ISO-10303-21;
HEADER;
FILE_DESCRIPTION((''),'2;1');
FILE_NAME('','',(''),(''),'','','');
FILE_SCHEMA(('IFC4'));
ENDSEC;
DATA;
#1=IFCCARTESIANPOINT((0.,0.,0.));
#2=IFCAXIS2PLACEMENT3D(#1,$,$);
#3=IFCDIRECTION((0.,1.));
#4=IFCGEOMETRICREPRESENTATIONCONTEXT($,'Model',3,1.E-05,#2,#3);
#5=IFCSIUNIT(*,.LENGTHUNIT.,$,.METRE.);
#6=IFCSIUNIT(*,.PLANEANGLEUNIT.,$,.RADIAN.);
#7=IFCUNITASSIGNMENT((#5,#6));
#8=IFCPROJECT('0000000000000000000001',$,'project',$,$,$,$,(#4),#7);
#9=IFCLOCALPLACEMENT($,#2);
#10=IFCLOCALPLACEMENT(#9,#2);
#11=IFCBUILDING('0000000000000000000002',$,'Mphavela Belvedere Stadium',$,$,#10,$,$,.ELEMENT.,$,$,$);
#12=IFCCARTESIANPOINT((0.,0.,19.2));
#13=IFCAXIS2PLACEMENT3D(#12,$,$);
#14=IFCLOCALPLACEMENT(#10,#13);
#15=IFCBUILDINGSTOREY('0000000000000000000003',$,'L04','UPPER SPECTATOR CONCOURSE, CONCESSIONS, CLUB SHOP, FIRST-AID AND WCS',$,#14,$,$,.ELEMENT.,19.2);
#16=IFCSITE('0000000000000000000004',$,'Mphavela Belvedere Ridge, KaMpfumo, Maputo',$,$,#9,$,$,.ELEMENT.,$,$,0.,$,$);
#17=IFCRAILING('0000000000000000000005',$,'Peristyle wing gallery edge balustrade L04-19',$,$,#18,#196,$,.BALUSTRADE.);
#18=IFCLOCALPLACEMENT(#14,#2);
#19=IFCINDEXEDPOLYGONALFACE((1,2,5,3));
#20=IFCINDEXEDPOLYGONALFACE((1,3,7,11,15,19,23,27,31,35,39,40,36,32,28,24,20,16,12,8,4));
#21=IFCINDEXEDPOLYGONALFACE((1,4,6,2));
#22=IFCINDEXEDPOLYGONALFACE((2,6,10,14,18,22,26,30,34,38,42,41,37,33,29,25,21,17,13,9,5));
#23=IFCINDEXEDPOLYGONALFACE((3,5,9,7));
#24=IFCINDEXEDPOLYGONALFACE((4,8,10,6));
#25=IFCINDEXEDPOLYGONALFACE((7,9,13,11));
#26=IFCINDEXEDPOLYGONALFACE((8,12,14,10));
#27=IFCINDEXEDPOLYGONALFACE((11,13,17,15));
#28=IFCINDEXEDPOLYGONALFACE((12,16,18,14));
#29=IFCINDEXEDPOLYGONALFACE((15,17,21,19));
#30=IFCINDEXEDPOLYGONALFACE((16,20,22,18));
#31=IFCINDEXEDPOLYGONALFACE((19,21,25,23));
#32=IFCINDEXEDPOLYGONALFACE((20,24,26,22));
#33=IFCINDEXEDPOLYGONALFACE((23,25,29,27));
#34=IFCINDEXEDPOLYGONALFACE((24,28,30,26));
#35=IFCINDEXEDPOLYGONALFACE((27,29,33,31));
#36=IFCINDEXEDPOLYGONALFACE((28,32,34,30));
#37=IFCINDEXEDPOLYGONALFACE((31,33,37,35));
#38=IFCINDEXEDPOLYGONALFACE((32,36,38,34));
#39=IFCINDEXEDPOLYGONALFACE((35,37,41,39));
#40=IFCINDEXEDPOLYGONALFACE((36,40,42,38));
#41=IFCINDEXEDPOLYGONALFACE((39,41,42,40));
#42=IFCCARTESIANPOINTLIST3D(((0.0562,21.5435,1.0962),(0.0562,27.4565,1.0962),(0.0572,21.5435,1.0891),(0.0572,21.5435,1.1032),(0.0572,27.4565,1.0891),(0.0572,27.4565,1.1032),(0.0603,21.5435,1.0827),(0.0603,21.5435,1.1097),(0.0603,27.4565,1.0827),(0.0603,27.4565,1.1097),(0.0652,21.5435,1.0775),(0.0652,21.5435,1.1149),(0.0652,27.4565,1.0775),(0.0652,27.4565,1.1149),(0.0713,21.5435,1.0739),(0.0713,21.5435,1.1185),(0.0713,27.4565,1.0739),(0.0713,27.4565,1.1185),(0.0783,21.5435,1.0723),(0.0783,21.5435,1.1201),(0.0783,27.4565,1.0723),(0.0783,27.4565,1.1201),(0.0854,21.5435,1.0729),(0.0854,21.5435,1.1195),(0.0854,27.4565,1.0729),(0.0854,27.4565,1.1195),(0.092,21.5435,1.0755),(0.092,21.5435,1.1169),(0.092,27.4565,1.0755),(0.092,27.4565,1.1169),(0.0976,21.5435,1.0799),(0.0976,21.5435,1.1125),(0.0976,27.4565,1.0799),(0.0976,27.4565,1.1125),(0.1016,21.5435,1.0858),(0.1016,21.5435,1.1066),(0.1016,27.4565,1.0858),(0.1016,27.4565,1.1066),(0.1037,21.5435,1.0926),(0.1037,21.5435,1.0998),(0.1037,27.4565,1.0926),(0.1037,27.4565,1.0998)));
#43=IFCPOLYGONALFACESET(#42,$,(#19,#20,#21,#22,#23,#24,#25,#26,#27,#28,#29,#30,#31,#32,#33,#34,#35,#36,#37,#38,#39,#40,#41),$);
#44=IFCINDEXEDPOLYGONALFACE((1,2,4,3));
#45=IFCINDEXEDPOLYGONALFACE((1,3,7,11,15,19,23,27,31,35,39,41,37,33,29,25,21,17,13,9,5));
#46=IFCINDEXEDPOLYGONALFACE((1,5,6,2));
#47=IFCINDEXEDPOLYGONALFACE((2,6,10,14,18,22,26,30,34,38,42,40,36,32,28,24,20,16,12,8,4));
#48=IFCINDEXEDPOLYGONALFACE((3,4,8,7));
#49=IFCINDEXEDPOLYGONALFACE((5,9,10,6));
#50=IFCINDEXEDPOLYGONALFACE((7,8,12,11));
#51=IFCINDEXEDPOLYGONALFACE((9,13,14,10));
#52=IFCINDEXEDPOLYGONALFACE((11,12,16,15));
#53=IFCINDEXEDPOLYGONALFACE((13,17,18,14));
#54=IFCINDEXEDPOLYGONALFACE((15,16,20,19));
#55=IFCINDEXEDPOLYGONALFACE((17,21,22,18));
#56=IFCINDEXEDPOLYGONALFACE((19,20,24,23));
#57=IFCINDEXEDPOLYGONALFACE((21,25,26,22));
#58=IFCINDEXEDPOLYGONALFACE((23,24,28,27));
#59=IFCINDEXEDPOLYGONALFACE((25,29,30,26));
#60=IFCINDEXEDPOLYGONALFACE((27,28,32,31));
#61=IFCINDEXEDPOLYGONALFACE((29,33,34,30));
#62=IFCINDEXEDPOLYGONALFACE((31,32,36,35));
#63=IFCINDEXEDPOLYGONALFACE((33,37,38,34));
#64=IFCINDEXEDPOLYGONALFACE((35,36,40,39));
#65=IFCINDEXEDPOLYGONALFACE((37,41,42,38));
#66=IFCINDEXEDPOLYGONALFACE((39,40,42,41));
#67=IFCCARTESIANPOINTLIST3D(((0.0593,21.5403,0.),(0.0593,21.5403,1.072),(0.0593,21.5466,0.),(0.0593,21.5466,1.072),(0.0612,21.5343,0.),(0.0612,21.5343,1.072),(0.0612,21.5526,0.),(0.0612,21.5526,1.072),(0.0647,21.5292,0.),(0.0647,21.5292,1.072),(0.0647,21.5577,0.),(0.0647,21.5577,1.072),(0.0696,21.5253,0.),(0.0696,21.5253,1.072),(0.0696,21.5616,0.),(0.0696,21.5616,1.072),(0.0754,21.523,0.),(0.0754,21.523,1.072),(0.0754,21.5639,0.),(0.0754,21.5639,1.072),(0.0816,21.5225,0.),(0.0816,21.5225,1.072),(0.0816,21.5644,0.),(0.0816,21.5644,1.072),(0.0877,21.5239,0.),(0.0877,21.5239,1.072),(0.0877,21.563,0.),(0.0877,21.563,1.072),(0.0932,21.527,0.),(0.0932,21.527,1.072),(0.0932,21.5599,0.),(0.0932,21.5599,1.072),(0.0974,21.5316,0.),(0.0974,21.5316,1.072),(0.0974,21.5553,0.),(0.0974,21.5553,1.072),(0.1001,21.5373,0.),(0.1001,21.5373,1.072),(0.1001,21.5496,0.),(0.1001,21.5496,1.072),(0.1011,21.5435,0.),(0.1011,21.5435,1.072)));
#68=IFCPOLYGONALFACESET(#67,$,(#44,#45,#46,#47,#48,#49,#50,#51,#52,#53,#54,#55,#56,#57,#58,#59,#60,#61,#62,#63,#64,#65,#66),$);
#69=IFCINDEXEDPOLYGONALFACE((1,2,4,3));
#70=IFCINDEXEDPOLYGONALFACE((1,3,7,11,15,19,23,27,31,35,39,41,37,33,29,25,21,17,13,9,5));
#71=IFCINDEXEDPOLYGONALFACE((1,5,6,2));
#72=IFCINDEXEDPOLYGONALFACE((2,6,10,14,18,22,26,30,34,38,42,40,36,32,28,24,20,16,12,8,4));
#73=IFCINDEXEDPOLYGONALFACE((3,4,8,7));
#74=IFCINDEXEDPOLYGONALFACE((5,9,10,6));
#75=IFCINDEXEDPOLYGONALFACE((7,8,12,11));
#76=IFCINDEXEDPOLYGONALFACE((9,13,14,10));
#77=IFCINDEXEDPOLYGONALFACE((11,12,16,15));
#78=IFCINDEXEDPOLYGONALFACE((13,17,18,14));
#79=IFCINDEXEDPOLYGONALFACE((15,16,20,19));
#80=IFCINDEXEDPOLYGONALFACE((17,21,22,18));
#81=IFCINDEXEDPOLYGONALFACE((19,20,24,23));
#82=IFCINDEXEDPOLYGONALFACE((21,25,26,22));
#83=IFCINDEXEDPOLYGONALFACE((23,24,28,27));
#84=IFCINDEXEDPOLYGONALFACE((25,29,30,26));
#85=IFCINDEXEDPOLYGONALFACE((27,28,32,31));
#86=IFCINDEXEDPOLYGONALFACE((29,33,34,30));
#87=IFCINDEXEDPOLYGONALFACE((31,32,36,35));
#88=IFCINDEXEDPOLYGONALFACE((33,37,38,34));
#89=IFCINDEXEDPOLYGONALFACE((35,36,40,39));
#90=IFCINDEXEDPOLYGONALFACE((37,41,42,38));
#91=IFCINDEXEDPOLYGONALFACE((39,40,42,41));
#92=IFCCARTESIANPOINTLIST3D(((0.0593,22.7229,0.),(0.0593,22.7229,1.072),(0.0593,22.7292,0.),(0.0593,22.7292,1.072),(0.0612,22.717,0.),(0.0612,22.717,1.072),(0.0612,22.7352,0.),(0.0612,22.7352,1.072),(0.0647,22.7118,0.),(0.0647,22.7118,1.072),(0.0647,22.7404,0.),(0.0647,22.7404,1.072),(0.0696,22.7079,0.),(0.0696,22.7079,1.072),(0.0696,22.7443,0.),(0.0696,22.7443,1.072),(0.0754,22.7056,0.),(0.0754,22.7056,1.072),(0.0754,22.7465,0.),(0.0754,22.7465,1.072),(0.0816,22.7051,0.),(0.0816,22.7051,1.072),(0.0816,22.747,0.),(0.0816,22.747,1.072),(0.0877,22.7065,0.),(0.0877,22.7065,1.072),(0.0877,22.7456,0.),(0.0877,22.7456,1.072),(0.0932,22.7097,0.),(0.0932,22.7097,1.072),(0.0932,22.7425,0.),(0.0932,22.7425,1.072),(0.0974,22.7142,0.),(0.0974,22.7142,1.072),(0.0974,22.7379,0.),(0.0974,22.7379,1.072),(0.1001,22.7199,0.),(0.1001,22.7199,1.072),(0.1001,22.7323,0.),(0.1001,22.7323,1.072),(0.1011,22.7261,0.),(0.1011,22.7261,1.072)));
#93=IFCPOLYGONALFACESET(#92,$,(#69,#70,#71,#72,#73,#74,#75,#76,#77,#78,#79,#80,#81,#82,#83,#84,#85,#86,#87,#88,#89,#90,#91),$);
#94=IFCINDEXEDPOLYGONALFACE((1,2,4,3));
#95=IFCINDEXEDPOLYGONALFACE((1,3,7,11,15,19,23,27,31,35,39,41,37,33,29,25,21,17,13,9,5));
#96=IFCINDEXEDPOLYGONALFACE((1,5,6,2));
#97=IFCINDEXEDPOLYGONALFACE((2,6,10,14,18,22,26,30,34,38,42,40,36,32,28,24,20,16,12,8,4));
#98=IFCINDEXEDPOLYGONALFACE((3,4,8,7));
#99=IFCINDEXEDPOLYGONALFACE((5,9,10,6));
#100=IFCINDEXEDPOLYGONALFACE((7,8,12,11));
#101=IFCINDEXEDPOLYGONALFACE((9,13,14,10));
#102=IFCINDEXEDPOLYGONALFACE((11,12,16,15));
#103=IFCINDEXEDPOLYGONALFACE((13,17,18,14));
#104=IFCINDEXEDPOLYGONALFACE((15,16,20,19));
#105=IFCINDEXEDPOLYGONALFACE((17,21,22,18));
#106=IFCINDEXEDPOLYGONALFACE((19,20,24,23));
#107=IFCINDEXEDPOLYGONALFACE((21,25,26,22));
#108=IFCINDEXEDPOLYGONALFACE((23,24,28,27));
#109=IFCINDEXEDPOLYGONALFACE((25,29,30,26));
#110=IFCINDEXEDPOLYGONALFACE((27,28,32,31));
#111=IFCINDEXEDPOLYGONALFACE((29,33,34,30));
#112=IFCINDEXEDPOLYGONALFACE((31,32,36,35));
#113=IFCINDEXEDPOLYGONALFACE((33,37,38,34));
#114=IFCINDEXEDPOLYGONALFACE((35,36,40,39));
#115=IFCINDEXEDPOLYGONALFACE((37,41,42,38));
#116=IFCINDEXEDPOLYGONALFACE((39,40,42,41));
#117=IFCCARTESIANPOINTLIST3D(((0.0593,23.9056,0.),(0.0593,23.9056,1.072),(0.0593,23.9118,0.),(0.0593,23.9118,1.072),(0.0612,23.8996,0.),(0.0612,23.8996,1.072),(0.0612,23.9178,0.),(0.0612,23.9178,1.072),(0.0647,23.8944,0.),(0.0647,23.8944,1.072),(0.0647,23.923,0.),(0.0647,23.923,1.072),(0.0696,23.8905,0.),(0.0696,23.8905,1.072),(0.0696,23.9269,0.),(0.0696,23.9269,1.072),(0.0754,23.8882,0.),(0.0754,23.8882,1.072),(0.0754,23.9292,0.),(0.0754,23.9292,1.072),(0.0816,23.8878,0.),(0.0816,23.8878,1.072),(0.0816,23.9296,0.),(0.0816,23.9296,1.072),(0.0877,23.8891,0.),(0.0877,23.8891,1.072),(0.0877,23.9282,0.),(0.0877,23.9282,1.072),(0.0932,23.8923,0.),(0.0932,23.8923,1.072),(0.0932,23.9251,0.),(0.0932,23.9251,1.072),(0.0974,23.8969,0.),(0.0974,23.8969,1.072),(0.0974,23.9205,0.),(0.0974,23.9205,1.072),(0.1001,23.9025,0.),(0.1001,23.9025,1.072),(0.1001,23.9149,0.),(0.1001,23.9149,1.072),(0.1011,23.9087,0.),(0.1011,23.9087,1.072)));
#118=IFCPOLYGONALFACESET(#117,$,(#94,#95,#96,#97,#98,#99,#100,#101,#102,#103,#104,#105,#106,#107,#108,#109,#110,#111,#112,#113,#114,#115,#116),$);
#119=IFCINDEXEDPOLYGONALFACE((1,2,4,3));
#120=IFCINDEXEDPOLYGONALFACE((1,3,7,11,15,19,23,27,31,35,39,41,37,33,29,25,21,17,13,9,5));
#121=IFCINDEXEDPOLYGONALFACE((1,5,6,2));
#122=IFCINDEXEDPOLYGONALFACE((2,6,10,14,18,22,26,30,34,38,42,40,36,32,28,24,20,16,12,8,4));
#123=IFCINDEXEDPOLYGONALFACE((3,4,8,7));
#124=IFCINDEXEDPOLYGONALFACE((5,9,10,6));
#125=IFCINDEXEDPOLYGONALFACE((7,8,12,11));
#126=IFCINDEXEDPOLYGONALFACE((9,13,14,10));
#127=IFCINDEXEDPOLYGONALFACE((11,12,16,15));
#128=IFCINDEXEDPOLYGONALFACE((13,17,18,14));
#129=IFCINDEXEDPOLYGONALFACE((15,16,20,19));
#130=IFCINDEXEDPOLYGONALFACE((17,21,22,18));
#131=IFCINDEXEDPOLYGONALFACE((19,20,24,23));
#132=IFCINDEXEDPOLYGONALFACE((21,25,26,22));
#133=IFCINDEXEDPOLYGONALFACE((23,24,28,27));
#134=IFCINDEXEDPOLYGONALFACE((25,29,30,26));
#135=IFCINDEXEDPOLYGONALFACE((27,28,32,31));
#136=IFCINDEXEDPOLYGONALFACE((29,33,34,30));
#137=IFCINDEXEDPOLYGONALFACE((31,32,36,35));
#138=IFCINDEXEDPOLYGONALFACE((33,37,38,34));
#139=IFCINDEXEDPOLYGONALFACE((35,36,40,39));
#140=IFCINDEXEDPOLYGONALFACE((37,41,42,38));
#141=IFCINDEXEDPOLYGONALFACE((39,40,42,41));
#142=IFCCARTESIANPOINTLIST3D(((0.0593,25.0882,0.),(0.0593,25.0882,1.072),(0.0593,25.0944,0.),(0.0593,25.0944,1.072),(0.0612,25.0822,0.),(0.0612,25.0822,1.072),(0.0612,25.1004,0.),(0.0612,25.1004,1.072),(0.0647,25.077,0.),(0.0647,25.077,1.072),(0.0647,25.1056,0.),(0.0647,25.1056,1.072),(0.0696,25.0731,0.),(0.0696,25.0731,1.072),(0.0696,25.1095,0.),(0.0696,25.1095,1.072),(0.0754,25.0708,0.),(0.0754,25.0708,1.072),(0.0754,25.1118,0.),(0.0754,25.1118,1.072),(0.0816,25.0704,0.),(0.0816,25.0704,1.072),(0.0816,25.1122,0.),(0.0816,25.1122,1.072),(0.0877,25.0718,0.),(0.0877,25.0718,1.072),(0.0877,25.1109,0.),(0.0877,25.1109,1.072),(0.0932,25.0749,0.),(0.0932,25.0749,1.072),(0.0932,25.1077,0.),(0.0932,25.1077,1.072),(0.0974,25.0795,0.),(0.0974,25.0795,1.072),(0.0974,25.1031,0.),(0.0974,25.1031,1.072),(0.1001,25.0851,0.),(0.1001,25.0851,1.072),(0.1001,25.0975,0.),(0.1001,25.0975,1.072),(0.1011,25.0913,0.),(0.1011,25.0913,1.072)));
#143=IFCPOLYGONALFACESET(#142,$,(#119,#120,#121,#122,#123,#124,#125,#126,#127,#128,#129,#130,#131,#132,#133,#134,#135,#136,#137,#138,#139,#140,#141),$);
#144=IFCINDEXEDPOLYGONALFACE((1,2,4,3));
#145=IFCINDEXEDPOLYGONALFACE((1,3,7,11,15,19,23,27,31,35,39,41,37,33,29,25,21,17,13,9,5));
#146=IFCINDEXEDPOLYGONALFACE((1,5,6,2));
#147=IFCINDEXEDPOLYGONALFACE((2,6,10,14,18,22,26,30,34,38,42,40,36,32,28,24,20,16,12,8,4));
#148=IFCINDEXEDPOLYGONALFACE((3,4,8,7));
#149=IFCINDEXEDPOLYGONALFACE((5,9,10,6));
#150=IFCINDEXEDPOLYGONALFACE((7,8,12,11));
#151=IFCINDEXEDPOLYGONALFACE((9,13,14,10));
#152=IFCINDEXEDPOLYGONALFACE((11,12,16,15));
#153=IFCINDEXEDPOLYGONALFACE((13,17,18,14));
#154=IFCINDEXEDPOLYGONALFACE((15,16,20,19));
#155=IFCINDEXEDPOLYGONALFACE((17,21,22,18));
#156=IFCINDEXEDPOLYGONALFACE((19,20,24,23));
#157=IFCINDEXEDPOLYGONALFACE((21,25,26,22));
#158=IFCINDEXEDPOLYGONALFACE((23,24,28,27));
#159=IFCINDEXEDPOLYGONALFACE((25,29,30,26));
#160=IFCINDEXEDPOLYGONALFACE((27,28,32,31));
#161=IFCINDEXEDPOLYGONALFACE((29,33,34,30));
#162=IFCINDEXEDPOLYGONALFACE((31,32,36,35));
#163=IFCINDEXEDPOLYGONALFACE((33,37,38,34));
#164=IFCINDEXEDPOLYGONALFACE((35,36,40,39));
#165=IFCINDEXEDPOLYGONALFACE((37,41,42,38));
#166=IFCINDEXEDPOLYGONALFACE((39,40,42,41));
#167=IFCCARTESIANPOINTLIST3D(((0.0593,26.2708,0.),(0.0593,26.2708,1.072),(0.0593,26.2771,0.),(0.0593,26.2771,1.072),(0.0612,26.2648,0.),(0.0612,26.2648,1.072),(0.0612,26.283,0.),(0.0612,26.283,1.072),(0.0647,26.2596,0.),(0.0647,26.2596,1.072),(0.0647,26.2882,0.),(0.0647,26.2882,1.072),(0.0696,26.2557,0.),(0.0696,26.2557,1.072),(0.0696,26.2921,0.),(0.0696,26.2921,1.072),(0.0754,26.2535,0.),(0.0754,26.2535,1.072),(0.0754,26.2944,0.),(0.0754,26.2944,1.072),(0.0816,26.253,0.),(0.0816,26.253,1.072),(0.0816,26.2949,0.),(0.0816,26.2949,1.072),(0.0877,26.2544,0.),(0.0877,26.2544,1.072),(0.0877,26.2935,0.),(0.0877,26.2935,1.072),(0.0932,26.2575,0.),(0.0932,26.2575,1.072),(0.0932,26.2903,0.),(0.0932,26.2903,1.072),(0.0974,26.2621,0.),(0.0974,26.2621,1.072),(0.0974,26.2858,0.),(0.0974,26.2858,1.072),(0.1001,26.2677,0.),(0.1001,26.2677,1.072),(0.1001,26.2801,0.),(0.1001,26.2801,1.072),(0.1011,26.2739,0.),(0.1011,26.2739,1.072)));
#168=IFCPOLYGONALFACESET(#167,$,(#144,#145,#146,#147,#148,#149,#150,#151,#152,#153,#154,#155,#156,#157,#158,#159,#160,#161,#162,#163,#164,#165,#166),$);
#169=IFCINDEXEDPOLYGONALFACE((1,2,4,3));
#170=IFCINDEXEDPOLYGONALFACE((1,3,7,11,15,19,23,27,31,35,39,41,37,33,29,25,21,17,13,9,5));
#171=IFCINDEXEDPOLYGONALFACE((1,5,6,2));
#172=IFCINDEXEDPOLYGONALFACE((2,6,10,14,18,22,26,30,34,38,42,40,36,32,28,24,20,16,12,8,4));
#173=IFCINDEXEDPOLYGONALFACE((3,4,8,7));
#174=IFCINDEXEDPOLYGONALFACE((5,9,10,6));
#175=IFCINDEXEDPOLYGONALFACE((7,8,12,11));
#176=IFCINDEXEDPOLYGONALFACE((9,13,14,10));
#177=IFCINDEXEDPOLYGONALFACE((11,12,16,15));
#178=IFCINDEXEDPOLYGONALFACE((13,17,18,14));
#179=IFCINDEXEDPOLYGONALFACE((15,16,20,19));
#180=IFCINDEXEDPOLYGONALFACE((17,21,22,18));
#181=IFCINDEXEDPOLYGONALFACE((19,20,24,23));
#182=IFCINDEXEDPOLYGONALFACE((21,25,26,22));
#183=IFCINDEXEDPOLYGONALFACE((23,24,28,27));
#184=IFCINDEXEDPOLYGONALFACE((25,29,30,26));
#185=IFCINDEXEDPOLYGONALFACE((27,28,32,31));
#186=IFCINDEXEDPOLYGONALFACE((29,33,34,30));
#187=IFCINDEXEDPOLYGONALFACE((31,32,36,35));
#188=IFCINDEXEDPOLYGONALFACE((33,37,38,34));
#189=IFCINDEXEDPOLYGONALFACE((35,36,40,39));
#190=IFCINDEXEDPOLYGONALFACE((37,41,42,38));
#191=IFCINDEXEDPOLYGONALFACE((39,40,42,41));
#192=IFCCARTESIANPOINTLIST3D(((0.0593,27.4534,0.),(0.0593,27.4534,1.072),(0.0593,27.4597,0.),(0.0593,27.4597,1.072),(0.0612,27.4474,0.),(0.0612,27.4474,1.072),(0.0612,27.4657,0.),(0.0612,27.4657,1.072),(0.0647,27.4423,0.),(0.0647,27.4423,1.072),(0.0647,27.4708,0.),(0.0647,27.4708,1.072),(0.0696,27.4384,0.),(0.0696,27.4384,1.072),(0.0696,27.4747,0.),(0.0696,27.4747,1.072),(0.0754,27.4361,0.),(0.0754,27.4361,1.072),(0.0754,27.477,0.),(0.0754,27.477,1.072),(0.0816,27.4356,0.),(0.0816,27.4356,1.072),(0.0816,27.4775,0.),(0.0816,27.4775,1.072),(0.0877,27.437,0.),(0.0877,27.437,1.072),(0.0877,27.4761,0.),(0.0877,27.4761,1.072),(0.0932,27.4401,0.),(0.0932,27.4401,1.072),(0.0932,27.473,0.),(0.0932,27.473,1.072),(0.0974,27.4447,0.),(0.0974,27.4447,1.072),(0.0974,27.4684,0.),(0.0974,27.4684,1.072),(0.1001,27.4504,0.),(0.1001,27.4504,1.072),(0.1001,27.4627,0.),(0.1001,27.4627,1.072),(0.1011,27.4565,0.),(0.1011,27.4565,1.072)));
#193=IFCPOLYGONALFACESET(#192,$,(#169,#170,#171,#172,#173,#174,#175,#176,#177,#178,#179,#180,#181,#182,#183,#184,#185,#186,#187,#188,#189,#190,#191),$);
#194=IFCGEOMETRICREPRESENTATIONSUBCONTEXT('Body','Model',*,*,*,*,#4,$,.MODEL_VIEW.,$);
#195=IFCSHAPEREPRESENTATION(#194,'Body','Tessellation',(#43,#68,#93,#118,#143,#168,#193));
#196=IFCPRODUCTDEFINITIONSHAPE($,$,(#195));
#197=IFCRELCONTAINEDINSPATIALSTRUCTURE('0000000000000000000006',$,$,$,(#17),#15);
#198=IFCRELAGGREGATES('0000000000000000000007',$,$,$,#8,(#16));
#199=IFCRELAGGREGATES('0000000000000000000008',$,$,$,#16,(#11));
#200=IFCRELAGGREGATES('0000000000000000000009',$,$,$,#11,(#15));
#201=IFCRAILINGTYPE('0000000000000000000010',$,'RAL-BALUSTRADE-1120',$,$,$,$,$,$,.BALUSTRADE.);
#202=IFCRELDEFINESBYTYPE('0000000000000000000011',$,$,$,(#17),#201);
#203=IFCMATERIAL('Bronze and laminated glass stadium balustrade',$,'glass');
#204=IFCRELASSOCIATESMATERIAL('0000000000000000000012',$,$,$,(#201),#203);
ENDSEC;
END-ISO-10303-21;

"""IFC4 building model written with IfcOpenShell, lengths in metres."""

from ifc_helpers import new_model, si_unit, direction, frame, origin, origin_2d, place, context, subcontext, project, spatial, circle, extrude, material, type_object, element, save


model = new_model("IFC4")

# Units and contexts
model_context = context("Model", 3, precision=1e-05, world=origin(), true_north=direction((0.0, 1.0)))
body_context = subcontext(model_context, "Body", "Model", "MODEL_VIEW")
ifc_project = project(units=[si_unit("LENGTHUNIT", "METRE"), si_unit("PLANEANGLEUNIT", "RADIAN")], contexts=[model_context])

# Site, building, storey
site_placement = place(None, origin())
site = spatial("IfcSite", under=ifc_project, at=site_placement, Name="Mphavela Belvedere Ridge, KaMpfumo, Maputo", CompositionType="ELEMENT", RefElevation=0.0)
building_placement = place(site_placement, origin())
building = spatial("IfcBuilding", under=site, at=building_placement, Name="Mphavela Belvedere Stadium", CompositionType="ELEMENT")
storey_placement = place(building_placement, frame((0.0, 0.0, 19.2)))
storey = spatial("IfcBuildingStorey", under=building, at=storey_placement, Name="L04", Description="UPPER SPECTATOR CONCOURSE, CONCESSIONS, CLUB SHOP, FIRST-AID AND WCS", CompositionType="ELEMENT", Elevation=19.2)

# Railing
ifc_material_1 = material(Name="Bronze and laminated glass stadium balustrade", Category="glass")
railing_type = type_object("IfcRailingType", Name="RAL-BALUSTRADE-1120", PredefinedType="BALUSTRADE", material=ifc_material_1)
for number, where, name in (
    (1, (0.0801, 21.5435, 0.0), "Peristyle wing gallery edge balustrade L04-19"),
):
    element("IfcRailing", number, at=place(storey_placement, frame(where)), inside=storey, type_object=railing_type, Name=name, PredefinedType="BALUSTRADE", context=body_context, shape_type="SweptSolid", body=[
        extrude(circle(Radius=0.0239, at=origin_2d()), frame((0.0, 0.0, 1.0962), z_axis=(0.0, 1.0, 0.0), x_axis=(-1.0, 0.0, 0.0)), (0.0, 0.0, 1.0), 5.9131),
        extrude(circle(Radius=0.021, at=origin_2d()), origin(), (0.0, 0.0, 1.0), 1.072),
        extrude(circle(Radius=0.021, at=origin_2d()), frame((0.0, 1.1826, 0.0)), (0.0, 0.0, 1.0), 1.072),
        extrude(circle(Radius=0.021, at=origin_2d()), frame((0.0, 2.3652, 0.0)), (0.0, 0.0, 1.0), 1.072),
        extrude(circle(Radius=0.021, at=origin_2d()), frame((0.0, 3.5479, 0.0)), (0.0, 0.0, 1.0), 1.072),
        extrude(circle(Radius=0.021, at=origin_2d()), frame((0.0, 4.7305, 0.0)), (0.0, 0.0, 1.0), 1.072),
        extrude(circle(Radius=0.021, at=origin_2d()), frame((0.0, 5.9131, 0.0)), (0.0, 0.0, 1.0), 1.072),
    ])

save(model, "model.ifc")
